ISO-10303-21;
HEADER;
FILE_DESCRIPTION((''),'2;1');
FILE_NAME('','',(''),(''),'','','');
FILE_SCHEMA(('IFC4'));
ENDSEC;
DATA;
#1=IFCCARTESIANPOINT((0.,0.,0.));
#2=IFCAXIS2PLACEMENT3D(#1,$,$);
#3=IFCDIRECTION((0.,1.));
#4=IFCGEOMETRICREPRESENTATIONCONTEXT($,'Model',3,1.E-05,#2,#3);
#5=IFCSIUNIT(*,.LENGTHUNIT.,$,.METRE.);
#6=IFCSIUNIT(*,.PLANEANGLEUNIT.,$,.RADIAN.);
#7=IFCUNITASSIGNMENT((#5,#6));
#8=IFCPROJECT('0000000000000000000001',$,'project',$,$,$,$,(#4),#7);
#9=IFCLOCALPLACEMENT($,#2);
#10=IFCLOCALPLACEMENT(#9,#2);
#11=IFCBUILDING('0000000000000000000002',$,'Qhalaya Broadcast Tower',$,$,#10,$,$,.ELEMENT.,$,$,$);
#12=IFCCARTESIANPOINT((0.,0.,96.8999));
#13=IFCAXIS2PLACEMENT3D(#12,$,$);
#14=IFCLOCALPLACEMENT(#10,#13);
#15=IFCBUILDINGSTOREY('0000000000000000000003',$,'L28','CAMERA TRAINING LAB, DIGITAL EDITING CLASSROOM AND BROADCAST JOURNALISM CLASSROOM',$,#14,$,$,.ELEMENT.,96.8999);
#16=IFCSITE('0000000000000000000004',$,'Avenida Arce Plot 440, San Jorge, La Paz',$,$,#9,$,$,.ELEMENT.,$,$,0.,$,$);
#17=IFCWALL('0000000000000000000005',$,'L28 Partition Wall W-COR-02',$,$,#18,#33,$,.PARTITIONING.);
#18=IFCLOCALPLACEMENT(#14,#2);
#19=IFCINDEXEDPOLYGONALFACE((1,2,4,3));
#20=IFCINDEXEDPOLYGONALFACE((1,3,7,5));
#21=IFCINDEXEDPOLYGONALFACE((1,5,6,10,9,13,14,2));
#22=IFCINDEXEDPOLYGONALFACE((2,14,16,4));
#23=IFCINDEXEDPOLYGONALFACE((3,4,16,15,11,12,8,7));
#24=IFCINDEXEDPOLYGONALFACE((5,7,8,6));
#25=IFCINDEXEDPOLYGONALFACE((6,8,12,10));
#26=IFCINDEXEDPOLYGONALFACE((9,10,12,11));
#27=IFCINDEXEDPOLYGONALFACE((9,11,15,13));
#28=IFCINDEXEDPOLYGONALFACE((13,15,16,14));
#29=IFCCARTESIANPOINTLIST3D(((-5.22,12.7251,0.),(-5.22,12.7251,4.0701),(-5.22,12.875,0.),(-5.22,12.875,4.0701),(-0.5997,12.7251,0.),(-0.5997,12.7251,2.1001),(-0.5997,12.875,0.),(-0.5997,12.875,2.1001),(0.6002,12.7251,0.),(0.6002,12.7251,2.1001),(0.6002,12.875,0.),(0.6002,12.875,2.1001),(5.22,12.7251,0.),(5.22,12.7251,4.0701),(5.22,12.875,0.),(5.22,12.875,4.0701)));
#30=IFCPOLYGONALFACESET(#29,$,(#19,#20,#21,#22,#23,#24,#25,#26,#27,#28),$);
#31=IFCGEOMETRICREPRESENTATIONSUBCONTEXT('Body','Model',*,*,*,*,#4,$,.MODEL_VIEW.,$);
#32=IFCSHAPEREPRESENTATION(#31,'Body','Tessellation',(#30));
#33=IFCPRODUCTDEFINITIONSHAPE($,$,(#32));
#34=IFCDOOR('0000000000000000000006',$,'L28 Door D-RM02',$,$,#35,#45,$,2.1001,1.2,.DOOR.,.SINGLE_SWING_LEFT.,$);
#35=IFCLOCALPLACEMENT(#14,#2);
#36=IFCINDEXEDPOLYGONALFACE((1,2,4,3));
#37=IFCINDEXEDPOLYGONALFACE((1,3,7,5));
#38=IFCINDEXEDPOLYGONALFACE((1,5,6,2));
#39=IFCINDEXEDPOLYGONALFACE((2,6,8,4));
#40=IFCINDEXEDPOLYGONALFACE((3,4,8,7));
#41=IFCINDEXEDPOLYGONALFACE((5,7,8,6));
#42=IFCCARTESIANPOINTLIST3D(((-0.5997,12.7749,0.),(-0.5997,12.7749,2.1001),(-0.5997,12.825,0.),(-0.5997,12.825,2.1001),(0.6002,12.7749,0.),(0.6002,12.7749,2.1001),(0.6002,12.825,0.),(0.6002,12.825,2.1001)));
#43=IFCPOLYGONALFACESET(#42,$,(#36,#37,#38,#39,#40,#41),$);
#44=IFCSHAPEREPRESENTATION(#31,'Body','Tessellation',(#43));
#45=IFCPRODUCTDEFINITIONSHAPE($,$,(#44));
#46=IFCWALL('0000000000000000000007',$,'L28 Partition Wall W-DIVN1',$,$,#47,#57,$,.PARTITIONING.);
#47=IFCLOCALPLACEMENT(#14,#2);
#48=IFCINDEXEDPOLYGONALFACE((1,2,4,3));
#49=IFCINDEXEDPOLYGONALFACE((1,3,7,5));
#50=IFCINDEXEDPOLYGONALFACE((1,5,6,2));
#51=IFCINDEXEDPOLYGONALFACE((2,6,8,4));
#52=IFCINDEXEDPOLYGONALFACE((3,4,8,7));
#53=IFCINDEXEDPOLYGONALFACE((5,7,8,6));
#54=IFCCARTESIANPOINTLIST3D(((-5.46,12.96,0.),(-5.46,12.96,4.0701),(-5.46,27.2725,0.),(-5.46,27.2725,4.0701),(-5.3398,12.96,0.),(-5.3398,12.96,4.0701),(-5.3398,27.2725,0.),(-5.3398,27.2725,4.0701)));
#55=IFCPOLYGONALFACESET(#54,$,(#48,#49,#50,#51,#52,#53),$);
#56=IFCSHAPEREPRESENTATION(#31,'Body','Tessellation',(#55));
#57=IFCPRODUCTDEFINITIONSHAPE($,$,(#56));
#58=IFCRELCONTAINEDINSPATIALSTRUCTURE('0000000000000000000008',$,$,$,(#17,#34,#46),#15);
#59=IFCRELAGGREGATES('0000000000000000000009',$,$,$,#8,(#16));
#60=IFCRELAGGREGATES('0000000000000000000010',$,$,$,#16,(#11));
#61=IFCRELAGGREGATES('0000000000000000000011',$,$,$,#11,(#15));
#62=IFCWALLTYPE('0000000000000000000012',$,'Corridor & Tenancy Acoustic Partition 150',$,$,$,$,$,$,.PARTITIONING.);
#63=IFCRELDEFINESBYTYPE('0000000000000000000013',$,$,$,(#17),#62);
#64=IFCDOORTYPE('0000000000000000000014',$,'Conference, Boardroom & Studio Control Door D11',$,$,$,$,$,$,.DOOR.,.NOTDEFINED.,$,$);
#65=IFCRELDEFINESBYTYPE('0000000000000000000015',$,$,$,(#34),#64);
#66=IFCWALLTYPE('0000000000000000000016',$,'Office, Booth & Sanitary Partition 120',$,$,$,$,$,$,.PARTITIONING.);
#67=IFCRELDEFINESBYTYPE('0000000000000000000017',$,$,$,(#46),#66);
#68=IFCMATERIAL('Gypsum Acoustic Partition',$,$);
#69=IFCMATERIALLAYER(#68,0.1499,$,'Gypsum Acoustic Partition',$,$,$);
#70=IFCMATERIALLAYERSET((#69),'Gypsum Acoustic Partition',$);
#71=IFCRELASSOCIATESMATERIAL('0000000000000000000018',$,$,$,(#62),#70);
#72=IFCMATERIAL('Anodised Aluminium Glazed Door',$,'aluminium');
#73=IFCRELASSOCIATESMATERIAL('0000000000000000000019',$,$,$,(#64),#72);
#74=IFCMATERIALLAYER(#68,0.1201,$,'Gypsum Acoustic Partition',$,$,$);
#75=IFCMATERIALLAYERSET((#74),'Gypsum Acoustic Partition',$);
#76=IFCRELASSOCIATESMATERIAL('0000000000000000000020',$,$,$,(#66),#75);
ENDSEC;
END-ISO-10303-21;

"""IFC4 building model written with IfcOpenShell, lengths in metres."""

from ifc_helpers import new_model, si_unit, direction, frame, frame_2d, origin, place, context, subcontext, project, spatial, rectangle, extrude, material, layer, layer_set, type_object, element, fill, save


model = new_model("IFC4")

# Units and contexts
model_context = context("Model", 3, precision=1e-05, world=origin(), true_north=direction((0.0, 1.0)))
body_context = subcontext(model_context, "Body", "Model", "MODEL_VIEW")
ifc_project = project(units=[si_unit("LENGTHUNIT", "METRE"), si_unit("PLANEANGLEUNIT", "RADIAN")], contexts=[model_context])

# Site, building, storey
site_placement = place(None, origin())
site = spatial("IfcSite", under=ifc_project, at=site_placement, Name="Avenida Arce Plot 440, San Jorge, La Paz", CompositionType="ELEMENT", RefElevation=0.0)
building_placement = place(site_placement, origin())
building = spatial("IfcBuilding", under=site, at=building_placement, Name="Qhalaya Broadcast Tower", CompositionType="ELEMENT")
storey_placement = place(building_placement, frame((0.0, 0.0, 96.8999)))
storey = spatial("IfcBuildingStorey", under=building, at=storey_placement, Name="L28", Description="CAMERA TRAINING LAB, DIGITAL EDITING CLASSROOM AND BROADCAST JOURNALISM CLASSROOM", CompositionType="ELEMENT", Elevation=96.8999)

# Wall, opening, door
ifc_material_1 = material(Name="Gypsum Acoustic Partition")
ifc_layer_1 = layer(ifc_material_1, 0.1499, Name="Gypsum Acoustic Partition")
ifc_layer_set_1 = layer_set([ifc_layer_1], Name="Gypsum Acoustic Partition")
wall_type_1 = type_object("IfcWallType", Name="Corridor & Tenancy Acoustic Partition 150", PredefinedType="PARTITIONING", material=ifc_layer_set_1)
ifc_material_2 = material(Name="Anodised Aluminium Glazed Door", Category="aluminium")
door_type = type_object("IfcDoorType", Name="Conference, Boardroom & Studio Control Door D11", OperationType="NOTDEFINED", PredefinedType="DOOR", material=ifc_material_2)
wall_1_placement = place(storey_placement, frame((-5.22, 12.8, 0.0), z_axis=(0.0, 0.0, 1.0), x_axis=(1.0, 0.0, 0.0)))
wall_1 = element("IfcWall", 1, at=wall_1_placement, inside=storey, type_object=wall_type_1, Name="L28 Partition Wall W-COR-02", PredefinedType="PARTITIONING", context=body_context, shape_type="SweptSolid", body=[
    extrude(rectangle(XDim=10.4399, YDim=0.1499, at=frame_2d((5.22, 0.0))), origin(), (0.0, 0.0, 1.0), 4.0701),
])
opening_1_placement = place(wall_1_placement, frame((4.6201, 0.0, 0.0)))
opening_1 = element("IfcOpeningElement", 2, at=opening_1_placement, cuts=wall_1, PredefinedType="OPENING", context=body_context, shape_type="SweptSolid", body=[
    extrude(rectangle(XDim=1.2, YDim=2.1001, at=frame_2d((0.6001, 1.05))), frame((0.0, 0.0869, 0.0), z_axis=(0.0, -1.0, 0.0), x_axis=(1.0, 0.0, 0.0)), (0.0, 0.0, 1.0), 0.1738),
])
door_1_placement = place(opening_1_placement, origin())
door_1 = element("IfcDoor", 3, at=door_1_placement, inside=storey, type_object=door_type, Name="L28 Door D-RM02", OperationType="SINGLE_SWING_LEFT", OverallHeight=2.1001, OverallWidth=1.2, PredefinedType="DOOR", context=body_context, shape_type="SweptSolid", body=[
    extrude(rectangle(XDim=1.2, YDim=2.1001, at=frame_2d((0.6001, 1.05))), frame((0.0, 0.0249, 0.0), z_axis=(0.0, -1.0, 0.0), x_axis=(1.0, 0.0, 0.0)), (0.0, 0.0, 1.0), 0.05),
])
fill(opening_1, door_1)

# Wall
ifc_layer_2 = layer(ifc_material_1, 0.1201, Name="Gypsum Acoustic Partition")
ifc_layer_set_2 = layer_set([ifc_layer_2], Name="Gypsum Acoustic Partition")
wall_type_2 = type_object("IfcWallType", Name="Office, Booth & Sanitary Partition 120", PredefinedType="PARTITIONING", material=ifc_layer_set_2)
wall_2_placement = place(storey_placement, frame((-5.3999, 12.96, 0.0), z_axis=(0.0, 0.0, 1.0), x_axis=(0.0, 1.0, 0.0)))
element("IfcWall", 4, at=wall_2_placement, inside=storey, type_object=wall_type_2, Name="L28 Partition Wall W-DIVN1", PredefinedType="PARTITIONING", context=body_context, shape_type="SweptSolid", body=[
    extrude(rectangle(XDim=14.3125, YDim=0.1201, at=frame_2d((7.1562, 0.0))), origin(), (0.0, 0.0, 1.0), 4.0701),
])

save(model, "model.ifc")
